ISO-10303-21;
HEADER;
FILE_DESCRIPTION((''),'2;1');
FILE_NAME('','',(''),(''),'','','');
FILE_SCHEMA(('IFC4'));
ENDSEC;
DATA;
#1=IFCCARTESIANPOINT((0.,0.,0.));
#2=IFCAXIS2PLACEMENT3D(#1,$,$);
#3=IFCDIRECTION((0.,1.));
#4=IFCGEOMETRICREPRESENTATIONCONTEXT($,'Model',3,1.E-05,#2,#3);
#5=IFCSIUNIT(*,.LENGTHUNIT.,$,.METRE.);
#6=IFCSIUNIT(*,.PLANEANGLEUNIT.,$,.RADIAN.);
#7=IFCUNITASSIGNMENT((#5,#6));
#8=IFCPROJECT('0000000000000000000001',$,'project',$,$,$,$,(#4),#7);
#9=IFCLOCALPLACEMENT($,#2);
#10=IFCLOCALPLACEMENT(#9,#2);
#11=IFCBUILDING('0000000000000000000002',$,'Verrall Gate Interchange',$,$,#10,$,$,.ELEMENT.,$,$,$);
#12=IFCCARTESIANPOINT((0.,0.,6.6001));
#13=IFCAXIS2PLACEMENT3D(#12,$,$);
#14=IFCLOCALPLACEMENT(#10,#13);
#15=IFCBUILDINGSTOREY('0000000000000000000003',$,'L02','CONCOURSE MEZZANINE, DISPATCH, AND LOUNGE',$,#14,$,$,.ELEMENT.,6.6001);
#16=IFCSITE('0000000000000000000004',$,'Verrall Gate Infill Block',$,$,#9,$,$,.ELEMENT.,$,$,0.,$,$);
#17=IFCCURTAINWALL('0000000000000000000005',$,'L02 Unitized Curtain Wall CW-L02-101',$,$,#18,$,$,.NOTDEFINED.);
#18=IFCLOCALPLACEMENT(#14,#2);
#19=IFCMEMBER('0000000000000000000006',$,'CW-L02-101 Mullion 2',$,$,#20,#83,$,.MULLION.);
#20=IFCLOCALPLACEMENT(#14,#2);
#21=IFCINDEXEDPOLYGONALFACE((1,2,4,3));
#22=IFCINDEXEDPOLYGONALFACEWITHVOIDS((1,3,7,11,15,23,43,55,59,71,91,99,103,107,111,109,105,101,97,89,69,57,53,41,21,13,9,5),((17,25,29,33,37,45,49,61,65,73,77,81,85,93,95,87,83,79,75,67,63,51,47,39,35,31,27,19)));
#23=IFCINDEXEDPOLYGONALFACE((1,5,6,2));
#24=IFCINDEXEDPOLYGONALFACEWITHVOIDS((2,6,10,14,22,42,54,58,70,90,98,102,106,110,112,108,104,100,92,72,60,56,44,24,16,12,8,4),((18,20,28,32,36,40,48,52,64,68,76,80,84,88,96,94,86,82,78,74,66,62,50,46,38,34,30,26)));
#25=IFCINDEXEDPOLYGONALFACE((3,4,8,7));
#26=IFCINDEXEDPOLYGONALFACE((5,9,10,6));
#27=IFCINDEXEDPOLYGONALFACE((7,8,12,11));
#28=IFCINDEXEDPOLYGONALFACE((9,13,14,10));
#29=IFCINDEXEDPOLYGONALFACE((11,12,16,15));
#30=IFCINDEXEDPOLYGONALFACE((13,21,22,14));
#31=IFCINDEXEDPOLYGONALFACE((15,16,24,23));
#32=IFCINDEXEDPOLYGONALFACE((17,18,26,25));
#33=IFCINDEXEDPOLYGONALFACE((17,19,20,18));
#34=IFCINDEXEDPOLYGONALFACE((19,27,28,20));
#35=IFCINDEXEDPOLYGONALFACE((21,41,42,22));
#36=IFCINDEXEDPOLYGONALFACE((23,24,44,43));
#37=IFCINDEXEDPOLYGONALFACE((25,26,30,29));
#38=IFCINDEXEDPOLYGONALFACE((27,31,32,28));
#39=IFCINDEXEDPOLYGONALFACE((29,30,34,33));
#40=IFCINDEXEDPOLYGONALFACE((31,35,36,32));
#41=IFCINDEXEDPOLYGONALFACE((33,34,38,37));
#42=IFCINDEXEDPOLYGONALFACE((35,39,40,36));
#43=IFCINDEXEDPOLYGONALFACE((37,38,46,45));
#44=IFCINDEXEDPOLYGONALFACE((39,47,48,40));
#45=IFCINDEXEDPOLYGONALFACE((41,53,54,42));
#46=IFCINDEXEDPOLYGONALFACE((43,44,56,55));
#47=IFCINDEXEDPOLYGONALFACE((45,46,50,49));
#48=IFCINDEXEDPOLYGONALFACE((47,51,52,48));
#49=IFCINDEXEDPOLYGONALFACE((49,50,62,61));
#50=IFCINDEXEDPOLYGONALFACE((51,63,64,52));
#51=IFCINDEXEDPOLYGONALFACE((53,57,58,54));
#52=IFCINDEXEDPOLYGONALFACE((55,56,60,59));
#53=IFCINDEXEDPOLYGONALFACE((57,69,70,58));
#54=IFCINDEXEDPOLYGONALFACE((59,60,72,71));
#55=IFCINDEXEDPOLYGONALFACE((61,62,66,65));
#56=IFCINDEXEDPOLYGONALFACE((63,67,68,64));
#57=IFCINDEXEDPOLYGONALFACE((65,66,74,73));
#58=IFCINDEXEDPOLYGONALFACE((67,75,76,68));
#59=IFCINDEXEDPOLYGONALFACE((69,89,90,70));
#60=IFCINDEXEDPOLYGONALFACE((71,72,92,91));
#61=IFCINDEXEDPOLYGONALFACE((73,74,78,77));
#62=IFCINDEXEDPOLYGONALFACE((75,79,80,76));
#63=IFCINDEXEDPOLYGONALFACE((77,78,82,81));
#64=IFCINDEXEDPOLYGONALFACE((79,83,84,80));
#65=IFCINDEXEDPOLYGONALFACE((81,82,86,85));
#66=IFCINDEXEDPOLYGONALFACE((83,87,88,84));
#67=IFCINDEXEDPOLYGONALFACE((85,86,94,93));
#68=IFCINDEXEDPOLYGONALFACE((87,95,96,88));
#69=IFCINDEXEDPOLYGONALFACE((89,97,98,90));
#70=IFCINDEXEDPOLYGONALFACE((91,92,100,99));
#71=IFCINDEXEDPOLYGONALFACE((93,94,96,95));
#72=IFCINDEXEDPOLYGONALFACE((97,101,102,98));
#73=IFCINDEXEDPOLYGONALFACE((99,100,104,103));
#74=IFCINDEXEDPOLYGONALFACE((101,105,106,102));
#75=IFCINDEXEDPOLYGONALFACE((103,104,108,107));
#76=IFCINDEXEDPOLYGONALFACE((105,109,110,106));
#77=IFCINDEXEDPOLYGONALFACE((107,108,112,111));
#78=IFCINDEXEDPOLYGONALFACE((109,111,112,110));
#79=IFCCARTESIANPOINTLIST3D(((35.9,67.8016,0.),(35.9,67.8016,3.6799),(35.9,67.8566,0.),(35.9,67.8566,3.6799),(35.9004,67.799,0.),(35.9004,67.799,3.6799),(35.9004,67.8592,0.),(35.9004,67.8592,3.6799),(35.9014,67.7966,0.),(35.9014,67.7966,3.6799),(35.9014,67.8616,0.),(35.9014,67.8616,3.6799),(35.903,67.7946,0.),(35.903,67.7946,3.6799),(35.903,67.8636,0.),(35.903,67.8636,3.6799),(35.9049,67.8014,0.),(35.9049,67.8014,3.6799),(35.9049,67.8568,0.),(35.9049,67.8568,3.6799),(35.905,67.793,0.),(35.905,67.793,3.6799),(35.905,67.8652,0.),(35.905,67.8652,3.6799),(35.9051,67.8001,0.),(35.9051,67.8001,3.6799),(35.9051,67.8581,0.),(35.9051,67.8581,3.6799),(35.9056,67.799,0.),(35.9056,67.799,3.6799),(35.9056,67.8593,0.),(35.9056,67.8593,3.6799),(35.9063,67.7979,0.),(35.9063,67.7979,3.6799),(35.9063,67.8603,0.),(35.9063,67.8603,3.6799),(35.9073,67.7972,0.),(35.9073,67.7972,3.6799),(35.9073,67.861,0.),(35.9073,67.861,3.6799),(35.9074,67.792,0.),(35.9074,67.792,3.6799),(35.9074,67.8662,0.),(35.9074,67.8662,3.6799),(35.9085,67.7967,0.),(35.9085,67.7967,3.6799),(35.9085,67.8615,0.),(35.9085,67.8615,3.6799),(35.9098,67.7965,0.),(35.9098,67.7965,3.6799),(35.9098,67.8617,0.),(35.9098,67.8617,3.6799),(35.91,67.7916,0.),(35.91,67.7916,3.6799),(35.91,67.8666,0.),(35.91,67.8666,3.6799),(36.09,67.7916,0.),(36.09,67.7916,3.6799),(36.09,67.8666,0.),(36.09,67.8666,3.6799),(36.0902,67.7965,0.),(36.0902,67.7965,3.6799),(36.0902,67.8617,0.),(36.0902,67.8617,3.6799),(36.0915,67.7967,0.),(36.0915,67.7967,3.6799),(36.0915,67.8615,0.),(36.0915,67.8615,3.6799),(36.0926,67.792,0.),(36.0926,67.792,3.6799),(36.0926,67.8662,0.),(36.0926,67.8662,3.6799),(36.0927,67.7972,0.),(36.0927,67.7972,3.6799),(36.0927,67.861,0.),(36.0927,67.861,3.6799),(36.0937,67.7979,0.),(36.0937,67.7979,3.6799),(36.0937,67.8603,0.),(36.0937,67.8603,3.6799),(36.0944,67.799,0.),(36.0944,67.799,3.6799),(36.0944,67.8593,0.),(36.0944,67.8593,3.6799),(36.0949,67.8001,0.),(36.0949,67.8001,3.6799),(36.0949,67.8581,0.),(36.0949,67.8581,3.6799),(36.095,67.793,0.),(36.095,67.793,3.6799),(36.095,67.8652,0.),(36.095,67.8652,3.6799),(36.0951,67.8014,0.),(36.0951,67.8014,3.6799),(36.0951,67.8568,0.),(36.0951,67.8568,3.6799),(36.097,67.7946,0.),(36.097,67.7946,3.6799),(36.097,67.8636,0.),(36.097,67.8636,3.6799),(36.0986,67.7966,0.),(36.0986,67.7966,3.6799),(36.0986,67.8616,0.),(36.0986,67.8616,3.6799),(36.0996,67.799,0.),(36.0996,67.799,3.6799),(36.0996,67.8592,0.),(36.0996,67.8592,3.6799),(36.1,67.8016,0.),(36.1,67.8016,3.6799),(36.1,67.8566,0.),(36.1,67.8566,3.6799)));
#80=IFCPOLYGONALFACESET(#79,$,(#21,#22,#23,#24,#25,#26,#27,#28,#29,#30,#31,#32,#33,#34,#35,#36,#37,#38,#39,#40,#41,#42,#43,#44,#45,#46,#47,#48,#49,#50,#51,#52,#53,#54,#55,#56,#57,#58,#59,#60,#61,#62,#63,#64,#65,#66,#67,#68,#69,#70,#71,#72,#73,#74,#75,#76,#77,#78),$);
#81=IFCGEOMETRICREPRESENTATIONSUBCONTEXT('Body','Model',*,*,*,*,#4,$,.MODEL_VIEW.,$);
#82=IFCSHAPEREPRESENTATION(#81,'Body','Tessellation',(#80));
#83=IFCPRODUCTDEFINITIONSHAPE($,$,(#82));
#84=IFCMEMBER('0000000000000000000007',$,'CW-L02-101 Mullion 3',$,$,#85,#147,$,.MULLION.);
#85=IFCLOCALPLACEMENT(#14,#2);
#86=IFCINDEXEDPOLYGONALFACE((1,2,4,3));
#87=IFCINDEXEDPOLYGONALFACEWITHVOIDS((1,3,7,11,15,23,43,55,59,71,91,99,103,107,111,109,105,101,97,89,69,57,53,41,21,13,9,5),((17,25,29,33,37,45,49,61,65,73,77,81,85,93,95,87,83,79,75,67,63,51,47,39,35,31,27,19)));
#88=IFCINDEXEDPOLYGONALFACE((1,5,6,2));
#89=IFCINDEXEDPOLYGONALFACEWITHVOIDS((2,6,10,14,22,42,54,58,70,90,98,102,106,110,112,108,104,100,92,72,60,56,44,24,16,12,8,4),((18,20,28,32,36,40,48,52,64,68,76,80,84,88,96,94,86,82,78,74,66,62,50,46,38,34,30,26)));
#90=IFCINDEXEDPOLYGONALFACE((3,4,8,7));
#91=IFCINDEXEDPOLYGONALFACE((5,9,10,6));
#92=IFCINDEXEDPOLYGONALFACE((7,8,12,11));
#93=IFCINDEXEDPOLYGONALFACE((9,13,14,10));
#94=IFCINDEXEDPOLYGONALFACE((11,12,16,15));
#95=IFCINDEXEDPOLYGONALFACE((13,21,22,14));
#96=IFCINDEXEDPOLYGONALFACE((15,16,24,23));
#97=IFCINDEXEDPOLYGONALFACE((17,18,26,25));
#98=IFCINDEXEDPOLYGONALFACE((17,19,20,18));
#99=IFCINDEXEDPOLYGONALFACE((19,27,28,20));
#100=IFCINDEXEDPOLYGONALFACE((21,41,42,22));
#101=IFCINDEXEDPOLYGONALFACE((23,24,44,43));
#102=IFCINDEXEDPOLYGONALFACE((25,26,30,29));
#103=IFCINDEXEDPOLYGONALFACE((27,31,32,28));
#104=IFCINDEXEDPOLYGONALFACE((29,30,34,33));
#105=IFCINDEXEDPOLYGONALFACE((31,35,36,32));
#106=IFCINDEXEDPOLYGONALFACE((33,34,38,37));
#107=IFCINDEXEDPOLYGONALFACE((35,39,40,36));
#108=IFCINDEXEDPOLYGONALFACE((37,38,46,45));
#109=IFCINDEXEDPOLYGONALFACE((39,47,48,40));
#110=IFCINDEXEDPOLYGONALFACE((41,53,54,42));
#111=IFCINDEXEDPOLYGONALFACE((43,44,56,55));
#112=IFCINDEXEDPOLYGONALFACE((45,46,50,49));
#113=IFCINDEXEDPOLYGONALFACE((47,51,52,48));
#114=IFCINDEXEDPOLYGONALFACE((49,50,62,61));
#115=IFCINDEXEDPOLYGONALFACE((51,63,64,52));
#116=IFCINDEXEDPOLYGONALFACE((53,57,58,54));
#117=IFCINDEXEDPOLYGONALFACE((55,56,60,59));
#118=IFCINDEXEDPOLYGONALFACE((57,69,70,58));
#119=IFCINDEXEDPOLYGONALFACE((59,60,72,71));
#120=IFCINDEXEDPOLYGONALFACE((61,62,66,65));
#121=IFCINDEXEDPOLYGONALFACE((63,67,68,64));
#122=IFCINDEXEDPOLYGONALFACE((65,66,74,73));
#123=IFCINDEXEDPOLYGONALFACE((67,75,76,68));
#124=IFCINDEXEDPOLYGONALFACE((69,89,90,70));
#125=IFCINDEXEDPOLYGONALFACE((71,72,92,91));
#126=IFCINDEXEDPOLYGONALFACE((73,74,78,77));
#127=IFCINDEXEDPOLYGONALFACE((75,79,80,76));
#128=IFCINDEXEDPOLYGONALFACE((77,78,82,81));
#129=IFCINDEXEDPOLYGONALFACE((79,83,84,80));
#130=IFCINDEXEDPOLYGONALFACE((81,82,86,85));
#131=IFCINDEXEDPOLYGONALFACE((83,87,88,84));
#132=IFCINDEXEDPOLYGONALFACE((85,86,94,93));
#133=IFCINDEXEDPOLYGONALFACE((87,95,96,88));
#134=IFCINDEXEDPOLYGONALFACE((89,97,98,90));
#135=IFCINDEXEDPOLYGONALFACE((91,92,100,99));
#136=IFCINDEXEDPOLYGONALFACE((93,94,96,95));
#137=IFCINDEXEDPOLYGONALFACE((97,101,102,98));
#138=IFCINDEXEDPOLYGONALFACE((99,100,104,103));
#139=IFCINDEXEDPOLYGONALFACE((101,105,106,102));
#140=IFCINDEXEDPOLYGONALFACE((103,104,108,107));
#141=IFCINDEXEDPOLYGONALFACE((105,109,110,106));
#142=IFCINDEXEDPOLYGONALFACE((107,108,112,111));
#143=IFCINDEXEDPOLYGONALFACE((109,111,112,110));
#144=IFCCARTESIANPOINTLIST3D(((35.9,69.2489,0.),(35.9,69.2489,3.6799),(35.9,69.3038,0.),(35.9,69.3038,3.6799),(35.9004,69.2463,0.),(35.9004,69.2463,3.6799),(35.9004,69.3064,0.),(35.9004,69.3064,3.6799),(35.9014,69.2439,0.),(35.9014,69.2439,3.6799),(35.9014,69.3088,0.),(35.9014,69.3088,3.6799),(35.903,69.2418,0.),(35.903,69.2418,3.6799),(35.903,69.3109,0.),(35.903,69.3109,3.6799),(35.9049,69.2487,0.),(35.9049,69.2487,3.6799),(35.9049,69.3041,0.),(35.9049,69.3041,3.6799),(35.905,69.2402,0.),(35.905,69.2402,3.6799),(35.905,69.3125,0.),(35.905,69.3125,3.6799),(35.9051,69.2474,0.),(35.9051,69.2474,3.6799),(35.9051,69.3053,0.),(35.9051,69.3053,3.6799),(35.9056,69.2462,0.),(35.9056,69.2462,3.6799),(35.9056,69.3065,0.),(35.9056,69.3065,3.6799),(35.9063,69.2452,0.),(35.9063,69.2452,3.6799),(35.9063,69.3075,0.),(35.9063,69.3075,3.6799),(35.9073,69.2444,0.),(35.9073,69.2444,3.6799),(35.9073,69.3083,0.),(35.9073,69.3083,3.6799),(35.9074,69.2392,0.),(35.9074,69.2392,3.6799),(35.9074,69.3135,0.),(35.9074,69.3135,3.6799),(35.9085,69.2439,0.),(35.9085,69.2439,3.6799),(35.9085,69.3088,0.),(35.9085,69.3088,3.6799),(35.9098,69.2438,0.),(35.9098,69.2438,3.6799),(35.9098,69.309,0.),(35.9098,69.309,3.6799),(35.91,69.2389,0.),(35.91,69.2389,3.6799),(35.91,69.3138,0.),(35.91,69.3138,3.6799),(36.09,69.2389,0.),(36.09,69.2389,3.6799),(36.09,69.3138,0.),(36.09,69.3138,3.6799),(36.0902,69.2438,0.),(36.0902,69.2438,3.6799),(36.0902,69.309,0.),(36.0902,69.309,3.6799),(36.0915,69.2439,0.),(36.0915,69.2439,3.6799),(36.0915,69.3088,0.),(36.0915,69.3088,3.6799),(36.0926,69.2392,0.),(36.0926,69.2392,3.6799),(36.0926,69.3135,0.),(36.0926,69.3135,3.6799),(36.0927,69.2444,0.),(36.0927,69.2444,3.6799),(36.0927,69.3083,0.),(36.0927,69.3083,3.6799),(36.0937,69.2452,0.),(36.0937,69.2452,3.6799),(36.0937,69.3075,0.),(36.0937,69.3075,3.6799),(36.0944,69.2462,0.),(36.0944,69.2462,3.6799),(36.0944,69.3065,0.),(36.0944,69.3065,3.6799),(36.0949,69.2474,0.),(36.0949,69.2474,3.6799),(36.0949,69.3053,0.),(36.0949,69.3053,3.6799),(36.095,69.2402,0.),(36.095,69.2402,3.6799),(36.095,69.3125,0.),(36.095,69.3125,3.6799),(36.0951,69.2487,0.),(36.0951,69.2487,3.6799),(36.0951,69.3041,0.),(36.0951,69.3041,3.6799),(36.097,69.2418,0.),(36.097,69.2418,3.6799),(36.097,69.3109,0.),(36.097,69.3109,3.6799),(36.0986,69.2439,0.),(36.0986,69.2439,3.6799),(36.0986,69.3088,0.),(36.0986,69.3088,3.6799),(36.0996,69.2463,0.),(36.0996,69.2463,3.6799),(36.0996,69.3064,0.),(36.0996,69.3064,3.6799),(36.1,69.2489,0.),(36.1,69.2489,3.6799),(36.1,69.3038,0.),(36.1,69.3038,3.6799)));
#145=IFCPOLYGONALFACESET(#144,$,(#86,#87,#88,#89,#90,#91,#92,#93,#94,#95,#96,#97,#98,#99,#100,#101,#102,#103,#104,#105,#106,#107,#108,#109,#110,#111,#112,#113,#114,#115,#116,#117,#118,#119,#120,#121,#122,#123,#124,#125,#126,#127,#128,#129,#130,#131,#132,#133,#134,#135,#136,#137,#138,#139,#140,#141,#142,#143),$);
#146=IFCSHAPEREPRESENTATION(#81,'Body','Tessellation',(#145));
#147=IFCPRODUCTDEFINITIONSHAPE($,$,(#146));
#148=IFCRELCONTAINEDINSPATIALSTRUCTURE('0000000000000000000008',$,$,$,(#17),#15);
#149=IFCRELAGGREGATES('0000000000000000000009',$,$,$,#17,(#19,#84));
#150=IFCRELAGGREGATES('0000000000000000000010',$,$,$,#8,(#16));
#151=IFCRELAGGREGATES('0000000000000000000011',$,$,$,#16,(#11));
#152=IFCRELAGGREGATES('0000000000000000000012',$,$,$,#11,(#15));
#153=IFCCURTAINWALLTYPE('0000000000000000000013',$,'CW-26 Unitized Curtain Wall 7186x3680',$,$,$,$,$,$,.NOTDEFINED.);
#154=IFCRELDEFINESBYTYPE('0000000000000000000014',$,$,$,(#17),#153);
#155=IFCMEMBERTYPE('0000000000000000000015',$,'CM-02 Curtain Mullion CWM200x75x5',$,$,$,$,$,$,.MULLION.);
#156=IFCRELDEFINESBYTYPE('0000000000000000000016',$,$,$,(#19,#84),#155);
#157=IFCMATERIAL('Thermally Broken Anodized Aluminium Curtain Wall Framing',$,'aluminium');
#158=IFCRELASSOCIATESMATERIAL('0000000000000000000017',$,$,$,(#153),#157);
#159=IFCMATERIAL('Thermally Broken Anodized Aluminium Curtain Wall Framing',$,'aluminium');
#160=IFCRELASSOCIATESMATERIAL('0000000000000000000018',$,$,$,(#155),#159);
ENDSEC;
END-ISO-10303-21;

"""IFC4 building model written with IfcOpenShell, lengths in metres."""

from ifc_helpers import new_model, si_unit, direction, frame, origin, origin_2d, place, context, subcontext, project, spatial, hollow_rectangle, extrude, material, material_profile, profile_set, type_object, element, aggregate, save


model = new_model("IFC4")

# Units and contexts
model_context = context("Model", 3, precision=1e-05, world=origin(), true_north=direction((0.0, 1.0)))
body_context = subcontext(model_context, "Body", "Model", "MODEL_VIEW")
ifc_project = project(units=[si_unit("LENGTHUNIT", "METRE"), si_unit("PLANEANGLEUNIT", "RADIAN")], contexts=[model_context])

# Site, building, storey
site_placement = place(None, origin())
site = spatial("IfcSite", under=ifc_project, at=site_placement, Name="Verrall Gate Infill Block", CompositionType="ELEMENT", RefElevation=0.0)
building_placement = place(site_placement, origin())
building = spatial("IfcBuilding", under=site, at=building_placement, Name="Verrall Gate Interchange", CompositionType="ELEMENT")
storey_placement = place(building_placement, frame((0.0, 0.0, 6.6001)))
storey = spatial("IfcBuildingStorey", under=building, at=storey_placement, Name="L02", Description="CONCOURSE MEZZANINE, DISPATCH, AND LOUNGE", CompositionType="ELEMENT", Elevation=6.6001)

# Curtain wall, members
ifc_material_1 = material(Name="Thermally Broken Anodized Aluminium Curtain Wall Framing", Category="aluminium")
curtain_wall_type = type_object("IfcCurtainWallType", Name="CW-26 Unitized Curtain Wall 7186x3680", PredefinedType="NOTDEFINED", material=ifc_material_1)
curtain_wall_placement = place(storey_placement, origin())
curtain_wall = element("IfcCurtainWall", 1, at=curtain_wall_placement, inside=storey, type_object=curtain_wall_type, Name="L02 Unitized Curtain Wall CW-L02-101", PredefinedType="NOTDEFINED")
ifc_material_2 = material(Name="Thermally Broken Anodized Aluminium Curtain Wall Framing", Category="aluminium")
ifc_material_profile_1 = material_profile(ifc_material_2, hollow_rectangle(XDim=0.075, YDim=0.2, WallThickness=0.0049, InnerFilletRadius=0.0049, OuterFilletRadius=0.01, at=origin_2d()), Name="CWM200x75x5")
ifc_profile_set_1 = profile_set([ifc_material_profile_1], Name="Thermally Broken Anodized Aluminium Curtain Wall Framing")
member_type_1 = type_object("IfcMemberType", Name="CM-02 Curtain Mullion CWM200x75x5", PredefinedType="MULLION", material=ifc_profile_set_1)
member_1_placement = place(storey_placement, frame((36.0, 67.8291, 0.0), z_axis=(0.0, 0.0, 1.0), x_axis=(0.0, 1.0, 0.0)))
member_1 = element("IfcMember", 2, at=member_1_placement, type_object=member_type_1, Name="CW-L02-101 Mullion 2", PredefinedType="MULLION", context=body_context, shape_type="SweptSolid", body=[
    extrude(hollow_rectangle(XDim=0.075, YDim=0.2, WallThickness=0.0049, InnerFilletRadius=0.0049, OuterFilletRadius=0.01, at=origin_2d()), origin(), (0.0, 0.0, 1.0), 3.6799),
])
member_2_placement = place(storey_placement, frame((36.0, 69.2764, 0.0), z_axis=(0.0, 0.0, 1.0), x_axis=(0.0, 1.0, 0.0)))
member_2 = element("IfcMember", 3, at=member_2_placement, type_object=member_type_1, Name="CW-L02-101 Mullion 3", PredefinedType="MULLION", context=body_context, shape_type="SweptSolid", body=[
    extrude(hollow_rectangle(XDim=0.075, YDim=0.2, WallThickness=0.0049, InnerFilletRadius=0.0049, OuterFilletRadius=0.01, at=origin_2d()), origin(), (0.0, 0.0, 1.0), 3.6799),
])

aggregate(curtain_wall, [member_1, member_2])

save(model, "model.ifc")
